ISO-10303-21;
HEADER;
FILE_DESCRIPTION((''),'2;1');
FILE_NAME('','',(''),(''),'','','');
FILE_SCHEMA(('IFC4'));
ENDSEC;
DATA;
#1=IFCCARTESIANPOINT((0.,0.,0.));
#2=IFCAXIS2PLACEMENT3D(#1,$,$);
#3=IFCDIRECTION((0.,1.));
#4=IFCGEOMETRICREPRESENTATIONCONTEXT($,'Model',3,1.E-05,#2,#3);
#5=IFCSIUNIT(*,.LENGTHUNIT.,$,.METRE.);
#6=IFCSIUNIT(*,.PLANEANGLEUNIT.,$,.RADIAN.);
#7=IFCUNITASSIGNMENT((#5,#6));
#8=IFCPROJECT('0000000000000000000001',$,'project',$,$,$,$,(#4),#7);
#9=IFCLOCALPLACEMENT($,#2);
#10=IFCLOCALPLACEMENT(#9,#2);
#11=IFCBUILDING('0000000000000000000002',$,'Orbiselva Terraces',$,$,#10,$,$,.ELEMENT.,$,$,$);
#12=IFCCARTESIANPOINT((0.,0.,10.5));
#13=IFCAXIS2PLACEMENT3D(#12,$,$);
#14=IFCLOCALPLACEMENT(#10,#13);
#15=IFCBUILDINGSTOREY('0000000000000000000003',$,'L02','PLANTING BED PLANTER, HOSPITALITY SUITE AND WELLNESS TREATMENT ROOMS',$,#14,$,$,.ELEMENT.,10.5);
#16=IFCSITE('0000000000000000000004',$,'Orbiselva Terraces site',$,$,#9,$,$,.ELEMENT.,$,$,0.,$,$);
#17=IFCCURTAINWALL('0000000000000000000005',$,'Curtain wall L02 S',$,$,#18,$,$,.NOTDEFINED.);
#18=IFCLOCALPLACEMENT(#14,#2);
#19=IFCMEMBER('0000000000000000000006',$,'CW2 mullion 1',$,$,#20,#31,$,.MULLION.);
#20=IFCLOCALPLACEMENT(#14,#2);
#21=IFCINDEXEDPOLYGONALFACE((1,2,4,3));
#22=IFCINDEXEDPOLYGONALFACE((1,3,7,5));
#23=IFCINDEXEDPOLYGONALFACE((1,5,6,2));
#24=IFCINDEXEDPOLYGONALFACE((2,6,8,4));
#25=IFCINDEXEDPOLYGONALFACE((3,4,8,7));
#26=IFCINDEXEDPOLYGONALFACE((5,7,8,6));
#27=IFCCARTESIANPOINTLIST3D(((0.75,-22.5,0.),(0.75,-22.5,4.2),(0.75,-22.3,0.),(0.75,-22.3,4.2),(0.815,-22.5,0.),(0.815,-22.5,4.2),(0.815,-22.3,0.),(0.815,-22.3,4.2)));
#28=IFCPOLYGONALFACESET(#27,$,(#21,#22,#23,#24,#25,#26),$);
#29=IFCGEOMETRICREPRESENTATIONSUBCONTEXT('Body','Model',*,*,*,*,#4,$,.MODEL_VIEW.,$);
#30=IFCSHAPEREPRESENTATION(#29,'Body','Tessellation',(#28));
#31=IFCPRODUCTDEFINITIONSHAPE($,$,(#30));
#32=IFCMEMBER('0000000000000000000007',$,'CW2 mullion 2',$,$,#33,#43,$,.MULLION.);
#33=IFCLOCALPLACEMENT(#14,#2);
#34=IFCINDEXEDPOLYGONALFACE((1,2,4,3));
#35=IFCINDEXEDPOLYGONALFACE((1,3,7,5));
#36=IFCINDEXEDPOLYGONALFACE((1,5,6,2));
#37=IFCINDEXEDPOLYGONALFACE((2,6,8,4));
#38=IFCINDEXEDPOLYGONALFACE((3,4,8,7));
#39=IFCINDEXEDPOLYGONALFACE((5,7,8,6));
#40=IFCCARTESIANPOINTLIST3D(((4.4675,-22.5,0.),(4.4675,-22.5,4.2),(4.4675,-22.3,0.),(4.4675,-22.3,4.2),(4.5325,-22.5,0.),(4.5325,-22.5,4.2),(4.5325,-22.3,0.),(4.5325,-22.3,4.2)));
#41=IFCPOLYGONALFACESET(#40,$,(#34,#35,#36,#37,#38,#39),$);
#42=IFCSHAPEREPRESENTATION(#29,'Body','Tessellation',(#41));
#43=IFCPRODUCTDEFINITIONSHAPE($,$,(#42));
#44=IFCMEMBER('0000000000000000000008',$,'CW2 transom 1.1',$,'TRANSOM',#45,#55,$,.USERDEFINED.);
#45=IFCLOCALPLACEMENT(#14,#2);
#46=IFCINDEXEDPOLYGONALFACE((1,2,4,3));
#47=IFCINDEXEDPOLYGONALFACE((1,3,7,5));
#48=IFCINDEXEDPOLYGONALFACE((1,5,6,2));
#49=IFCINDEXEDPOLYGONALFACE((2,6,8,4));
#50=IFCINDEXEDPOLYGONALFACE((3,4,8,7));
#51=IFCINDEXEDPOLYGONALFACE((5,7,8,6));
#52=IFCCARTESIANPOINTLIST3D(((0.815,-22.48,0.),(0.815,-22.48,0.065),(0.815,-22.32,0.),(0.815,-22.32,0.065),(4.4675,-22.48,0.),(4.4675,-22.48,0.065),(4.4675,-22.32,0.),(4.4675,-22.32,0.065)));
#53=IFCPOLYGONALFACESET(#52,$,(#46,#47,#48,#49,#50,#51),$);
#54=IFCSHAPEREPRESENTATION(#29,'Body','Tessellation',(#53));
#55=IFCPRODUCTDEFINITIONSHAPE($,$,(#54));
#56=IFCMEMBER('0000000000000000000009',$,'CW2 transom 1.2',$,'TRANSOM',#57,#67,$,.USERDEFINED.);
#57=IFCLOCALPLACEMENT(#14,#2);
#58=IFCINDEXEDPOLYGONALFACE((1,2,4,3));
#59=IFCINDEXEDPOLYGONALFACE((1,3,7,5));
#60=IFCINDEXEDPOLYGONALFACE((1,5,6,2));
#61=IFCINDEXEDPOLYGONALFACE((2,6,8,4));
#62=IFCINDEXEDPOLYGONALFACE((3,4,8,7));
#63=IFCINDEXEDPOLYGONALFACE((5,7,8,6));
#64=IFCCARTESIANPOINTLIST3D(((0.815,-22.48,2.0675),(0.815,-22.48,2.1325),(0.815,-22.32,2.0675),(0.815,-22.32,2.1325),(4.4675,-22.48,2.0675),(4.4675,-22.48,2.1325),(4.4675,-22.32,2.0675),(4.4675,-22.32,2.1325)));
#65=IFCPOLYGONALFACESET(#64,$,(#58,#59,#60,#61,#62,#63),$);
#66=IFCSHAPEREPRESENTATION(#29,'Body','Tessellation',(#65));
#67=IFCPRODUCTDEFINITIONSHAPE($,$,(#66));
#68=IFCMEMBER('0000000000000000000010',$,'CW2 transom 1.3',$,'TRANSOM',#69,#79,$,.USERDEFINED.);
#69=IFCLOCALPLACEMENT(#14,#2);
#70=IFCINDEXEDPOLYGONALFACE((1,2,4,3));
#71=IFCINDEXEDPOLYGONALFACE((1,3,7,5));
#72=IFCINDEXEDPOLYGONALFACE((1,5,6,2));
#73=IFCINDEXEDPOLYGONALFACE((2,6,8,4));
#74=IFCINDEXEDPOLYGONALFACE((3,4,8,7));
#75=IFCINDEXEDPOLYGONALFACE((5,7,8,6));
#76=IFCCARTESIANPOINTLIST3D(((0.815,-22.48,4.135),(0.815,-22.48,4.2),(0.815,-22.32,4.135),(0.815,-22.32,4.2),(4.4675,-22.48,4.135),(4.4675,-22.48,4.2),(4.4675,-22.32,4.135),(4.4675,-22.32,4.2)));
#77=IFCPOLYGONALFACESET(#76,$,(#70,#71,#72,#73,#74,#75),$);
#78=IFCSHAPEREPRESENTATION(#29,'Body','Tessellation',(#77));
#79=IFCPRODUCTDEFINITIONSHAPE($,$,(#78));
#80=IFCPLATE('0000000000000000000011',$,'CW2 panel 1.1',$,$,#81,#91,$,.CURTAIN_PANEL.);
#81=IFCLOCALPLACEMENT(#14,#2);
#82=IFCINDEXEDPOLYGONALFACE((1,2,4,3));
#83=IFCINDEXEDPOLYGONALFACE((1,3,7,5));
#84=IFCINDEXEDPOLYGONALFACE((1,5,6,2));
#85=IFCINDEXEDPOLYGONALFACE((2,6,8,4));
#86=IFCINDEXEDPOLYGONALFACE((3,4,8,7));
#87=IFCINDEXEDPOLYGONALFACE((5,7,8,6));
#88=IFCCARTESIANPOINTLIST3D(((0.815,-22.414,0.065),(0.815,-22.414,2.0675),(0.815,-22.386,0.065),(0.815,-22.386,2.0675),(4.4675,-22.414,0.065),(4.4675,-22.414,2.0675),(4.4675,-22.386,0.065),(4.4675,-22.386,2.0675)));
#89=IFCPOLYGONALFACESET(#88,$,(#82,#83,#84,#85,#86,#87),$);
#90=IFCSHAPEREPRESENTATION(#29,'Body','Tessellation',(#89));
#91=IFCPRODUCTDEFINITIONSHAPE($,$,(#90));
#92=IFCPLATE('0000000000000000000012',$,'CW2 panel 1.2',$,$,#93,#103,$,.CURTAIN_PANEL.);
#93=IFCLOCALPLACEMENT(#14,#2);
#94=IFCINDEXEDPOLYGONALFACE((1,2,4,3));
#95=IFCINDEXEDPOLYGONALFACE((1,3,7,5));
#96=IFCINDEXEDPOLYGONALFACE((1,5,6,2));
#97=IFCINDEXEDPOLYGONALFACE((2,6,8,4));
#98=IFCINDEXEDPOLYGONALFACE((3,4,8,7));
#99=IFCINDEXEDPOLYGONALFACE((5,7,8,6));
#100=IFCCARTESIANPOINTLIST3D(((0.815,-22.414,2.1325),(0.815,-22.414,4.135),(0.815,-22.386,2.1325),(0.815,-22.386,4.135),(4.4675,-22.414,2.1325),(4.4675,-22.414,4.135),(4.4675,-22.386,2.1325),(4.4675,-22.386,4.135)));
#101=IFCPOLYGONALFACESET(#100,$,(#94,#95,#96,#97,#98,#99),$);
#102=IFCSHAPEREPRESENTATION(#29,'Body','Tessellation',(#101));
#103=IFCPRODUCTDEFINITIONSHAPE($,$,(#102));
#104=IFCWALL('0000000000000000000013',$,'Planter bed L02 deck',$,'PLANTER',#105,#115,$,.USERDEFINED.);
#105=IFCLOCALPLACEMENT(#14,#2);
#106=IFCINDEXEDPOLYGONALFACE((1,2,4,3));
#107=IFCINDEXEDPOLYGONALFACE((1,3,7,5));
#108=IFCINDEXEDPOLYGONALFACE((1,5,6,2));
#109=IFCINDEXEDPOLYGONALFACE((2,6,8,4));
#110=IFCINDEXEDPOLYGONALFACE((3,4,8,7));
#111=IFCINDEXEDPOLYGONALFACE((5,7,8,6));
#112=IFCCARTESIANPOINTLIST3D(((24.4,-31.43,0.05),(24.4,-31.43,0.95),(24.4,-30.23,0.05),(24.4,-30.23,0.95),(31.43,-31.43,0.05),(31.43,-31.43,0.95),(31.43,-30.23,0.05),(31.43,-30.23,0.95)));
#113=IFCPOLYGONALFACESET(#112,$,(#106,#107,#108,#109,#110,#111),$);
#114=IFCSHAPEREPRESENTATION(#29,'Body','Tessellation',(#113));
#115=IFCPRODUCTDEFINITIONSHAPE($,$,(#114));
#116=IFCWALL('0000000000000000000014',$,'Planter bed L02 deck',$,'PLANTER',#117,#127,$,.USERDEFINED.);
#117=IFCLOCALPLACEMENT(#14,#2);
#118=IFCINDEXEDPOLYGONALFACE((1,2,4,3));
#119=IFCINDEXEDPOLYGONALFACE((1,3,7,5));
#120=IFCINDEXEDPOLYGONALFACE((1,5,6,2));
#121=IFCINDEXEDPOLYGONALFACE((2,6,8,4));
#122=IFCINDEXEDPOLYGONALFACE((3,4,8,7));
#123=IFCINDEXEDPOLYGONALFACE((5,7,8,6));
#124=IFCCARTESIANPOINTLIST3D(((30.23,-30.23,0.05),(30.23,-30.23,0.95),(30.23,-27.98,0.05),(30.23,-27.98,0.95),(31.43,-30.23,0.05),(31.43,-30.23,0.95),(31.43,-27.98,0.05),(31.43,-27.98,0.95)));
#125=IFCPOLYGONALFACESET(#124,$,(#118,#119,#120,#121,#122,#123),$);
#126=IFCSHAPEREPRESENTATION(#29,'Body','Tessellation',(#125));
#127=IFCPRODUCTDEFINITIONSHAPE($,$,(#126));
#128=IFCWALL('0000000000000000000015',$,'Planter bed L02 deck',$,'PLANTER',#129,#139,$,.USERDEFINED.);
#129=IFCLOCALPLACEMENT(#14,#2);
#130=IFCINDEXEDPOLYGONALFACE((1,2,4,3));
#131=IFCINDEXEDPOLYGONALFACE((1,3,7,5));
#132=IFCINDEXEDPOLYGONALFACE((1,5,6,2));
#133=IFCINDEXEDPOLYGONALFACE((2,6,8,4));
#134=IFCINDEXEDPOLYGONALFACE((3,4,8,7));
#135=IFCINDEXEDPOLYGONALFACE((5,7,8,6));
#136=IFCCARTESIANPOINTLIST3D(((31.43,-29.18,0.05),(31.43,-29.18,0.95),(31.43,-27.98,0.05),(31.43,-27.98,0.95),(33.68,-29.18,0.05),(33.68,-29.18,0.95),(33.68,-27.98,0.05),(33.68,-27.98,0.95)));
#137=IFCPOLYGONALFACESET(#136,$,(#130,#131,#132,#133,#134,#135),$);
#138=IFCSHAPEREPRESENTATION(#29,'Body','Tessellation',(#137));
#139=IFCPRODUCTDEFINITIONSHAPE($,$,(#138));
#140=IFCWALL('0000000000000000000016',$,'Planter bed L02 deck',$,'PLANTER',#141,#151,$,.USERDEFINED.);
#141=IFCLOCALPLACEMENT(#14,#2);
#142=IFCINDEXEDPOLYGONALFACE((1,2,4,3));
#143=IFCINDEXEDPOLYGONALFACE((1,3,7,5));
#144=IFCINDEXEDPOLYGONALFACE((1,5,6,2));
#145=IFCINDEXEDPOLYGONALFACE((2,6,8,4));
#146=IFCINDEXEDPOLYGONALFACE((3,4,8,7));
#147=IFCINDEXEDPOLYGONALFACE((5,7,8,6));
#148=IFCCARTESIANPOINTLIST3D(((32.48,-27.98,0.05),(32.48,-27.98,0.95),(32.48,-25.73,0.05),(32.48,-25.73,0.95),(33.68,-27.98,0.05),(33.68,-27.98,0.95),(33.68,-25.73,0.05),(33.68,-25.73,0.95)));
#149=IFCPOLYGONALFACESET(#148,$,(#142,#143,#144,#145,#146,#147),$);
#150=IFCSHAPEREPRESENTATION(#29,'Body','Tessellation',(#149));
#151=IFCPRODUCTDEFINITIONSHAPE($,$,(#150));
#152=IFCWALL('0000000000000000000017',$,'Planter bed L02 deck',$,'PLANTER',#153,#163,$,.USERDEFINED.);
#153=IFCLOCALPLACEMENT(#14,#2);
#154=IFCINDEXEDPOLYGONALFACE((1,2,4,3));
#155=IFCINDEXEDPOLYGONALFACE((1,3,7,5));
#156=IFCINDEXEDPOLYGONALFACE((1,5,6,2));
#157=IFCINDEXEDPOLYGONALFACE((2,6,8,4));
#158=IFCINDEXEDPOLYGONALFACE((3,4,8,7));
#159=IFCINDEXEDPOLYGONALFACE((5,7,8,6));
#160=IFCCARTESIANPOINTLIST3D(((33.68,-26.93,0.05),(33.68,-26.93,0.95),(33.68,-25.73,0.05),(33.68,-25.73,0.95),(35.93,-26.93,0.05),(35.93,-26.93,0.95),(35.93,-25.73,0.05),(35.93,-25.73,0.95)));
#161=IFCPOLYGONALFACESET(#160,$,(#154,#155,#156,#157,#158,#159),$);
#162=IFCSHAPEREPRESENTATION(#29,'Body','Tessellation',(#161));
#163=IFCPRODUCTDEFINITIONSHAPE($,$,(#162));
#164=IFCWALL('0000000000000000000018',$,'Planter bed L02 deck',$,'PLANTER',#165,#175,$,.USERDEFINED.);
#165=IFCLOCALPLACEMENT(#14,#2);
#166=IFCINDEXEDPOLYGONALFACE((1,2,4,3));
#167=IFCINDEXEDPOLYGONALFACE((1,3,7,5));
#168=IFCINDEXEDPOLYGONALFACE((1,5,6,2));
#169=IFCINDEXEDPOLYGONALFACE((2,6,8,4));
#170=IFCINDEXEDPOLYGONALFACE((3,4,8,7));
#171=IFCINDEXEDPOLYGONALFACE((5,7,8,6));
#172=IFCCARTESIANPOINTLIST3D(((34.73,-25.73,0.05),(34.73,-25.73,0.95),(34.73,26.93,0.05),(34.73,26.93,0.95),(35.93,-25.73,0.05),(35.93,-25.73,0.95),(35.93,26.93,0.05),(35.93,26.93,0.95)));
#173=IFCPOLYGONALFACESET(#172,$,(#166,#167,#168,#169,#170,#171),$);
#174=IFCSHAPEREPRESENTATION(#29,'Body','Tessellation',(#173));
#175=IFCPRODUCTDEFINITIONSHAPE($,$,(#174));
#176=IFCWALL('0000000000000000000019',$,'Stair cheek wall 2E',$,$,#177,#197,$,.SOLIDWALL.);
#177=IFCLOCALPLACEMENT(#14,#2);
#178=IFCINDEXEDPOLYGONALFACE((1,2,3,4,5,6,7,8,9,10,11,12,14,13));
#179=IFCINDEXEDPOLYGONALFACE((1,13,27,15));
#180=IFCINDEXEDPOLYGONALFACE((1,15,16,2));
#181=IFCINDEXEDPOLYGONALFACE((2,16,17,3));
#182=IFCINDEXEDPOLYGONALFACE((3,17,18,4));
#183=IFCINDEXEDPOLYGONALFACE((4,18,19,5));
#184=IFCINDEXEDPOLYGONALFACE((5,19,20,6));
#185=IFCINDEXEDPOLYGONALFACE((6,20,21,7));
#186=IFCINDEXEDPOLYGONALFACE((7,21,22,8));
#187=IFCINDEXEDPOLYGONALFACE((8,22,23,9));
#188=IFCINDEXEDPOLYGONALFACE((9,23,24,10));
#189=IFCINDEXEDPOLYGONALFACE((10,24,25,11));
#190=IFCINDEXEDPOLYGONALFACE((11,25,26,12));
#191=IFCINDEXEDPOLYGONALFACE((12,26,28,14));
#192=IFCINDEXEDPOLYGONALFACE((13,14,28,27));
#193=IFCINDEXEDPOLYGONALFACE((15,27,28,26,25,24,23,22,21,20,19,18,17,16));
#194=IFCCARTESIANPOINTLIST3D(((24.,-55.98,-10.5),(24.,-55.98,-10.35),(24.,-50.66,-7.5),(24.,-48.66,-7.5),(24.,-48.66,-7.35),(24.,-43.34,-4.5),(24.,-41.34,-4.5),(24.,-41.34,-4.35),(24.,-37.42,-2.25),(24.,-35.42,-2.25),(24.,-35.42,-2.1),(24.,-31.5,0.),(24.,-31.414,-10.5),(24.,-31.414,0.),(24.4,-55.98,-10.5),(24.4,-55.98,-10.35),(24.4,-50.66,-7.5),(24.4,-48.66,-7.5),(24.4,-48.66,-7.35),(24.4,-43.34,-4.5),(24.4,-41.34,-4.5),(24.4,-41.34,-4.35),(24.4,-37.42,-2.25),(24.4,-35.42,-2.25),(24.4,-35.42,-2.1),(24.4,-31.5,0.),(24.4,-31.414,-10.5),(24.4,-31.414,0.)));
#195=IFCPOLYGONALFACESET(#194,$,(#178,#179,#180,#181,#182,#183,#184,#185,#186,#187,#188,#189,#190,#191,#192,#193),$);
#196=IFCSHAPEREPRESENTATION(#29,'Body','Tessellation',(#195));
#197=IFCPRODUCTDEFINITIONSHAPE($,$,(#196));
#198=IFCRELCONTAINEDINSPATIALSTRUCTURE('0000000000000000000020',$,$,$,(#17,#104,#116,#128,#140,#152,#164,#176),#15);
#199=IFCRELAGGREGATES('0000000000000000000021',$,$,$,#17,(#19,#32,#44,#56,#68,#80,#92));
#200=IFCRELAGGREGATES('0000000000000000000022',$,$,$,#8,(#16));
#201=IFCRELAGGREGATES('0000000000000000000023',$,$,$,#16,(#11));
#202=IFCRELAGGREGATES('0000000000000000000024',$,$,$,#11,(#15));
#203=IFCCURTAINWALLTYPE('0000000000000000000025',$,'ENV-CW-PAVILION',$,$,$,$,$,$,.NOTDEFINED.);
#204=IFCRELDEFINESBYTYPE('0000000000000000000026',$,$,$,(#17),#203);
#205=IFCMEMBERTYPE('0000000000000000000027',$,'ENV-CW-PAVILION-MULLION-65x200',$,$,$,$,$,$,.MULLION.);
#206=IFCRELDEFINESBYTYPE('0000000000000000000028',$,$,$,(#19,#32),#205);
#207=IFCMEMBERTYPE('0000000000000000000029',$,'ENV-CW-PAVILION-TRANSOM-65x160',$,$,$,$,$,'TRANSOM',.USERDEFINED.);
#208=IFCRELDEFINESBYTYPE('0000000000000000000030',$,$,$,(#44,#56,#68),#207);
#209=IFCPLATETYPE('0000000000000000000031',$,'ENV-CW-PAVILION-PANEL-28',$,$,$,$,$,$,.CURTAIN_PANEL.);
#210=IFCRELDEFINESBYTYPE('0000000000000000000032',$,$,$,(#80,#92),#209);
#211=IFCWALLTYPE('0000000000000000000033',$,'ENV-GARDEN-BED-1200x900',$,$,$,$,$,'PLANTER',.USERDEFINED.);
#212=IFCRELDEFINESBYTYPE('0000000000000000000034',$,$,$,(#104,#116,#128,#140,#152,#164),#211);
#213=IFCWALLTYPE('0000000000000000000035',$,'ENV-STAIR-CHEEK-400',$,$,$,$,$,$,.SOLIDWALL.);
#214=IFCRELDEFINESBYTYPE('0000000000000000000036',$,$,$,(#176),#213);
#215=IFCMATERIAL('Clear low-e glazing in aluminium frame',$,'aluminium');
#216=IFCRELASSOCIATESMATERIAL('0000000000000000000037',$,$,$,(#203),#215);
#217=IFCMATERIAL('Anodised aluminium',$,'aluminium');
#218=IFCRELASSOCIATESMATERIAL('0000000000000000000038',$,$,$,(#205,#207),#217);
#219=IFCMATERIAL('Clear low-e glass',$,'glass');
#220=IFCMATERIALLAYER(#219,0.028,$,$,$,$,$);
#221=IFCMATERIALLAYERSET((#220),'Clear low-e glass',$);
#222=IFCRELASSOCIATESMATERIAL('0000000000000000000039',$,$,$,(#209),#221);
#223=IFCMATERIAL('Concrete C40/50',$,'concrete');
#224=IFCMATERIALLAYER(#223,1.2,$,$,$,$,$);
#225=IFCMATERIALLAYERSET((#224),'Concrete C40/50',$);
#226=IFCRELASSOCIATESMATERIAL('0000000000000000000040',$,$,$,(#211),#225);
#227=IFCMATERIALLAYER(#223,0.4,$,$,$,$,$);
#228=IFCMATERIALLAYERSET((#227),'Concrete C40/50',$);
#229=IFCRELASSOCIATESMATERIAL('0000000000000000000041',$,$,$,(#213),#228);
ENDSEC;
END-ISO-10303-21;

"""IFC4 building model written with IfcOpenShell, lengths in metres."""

from ifc_helpers import new_model, si_unit, direction, frame, frame_2d, origin, origin_2d, place, context, subcontext, project, spatial, polyline, rectangle, outline, extrude, material, layer, layer_set, material_profile, profile_set, type_object, element, aggregate, save


model = new_model("IFC4")

# Units and contexts
model_context = context("Model", 3, precision=1e-05, world=origin(), true_north=direction((0.0, 1.0)))
body_context = subcontext(model_context, "Body", "Model", "MODEL_VIEW")
ifc_project = project(units=[si_unit("LENGTHUNIT", "METRE"), si_unit("PLANEANGLEUNIT", "RADIAN")], contexts=[model_context])

# Site, building, storey
site_placement = place(None, origin())
site = spatial("IfcSite", under=ifc_project, at=site_placement, Name="Orbiselva Terraces site", CompositionType="ELEMENT", RefElevation=0.0)
building_placement = place(site_placement, origin())
building = spatial("IfcBuilding", under=site, at=building_placement, Name="Orbiselva Terraces", CompositionType="ELEMENT")
storey_placement = place(building_placement, frame((0.0, 0.0, 10.5)))
storey = spatial("IfcBuildingStorey", under=building, at=storey_placement, Name="L02", Description="PLANTING BED PLANTER, HOSPITALITY SUITE AND WELLNESS TREATMENT ROOMS", CompositionType="ELEMENT", Elevation=10.5)

# Curtain wall, members, plates
ifc_material_1 = material(Name="Clear low-e glazing in aluminium frame", Category="aluminium")
curtain_wall_type = type_object("IfcCurtainWallType", Name="ENV-CW-PAVILION", PredefinedType="NOTDEFINED", material=ifc_material_1)
curtain_wall_placement = place(storey_placement, origin())
curtain_wall = element("IfcCurtainWall", 1, at=curtain_wall_placement, inside=storey, type_object=curtain_wall_type, Name="Curtain wall L02 S", PredefinedType="NOTDEFINED")
ifc_material_2 = material(Name="Anodised aluminium", Category="aluminium")
ifc_material_profile_1 = material_profile(ifc_material_2, rectangle(XDim=0.2, YDim=0.065, at=origin_2d()), Name="AL 65x200")
ifc_profile_set_1 = profile_set([ifc_material_profile_1], Name="Anodised aluminium")
member_type_1 = type_object("IfcMemberType", Name="ENV-CW-PAVILION-MULLION-65x200", PredefinedType="MULLION", material=ifc_profile_set_1)
member_1_placement = place(storey_placement, frame((0.7825, -22.4, 0.0), z_axis=(0.0, 0.0, 1.0), x_axis=(0.0, 1.0, 0.0)))
member_1 = element("IfcMember", 2, at=member_1_placement, type_object=member_type_1, Name="CW2 mullion 1", PredefinedType="MULLION", context=body_context, shape_type="SweptSolid", body=[
    extrude(rectangle(XDim=0.2, YDim=0.065, at=origin_2d()), origin(), (0.0, 0.0, 1.0), 4.2),
])
member_2_placement = place(storey_placement, frame((4.5, -22.4, 0.0), z_axis=(0.0, 0.0, 1.0), x_axis=(0.0, 1.0, 0.0)))
member_2 = element("IfcMember", 3, at=member_2_placement, type_object=member_type_1, Name="CW2 mullion 2", PredefinedType="MULLION", context=body_context, shape_type="SweptSolid", body=[
    extrude(rectangle(XDim=0.2, YDim=0.065, at=origin_2d()), origin(), (0.0, 0.0, 1.0), 4.2),
])
ifc_material_profile_2 = material_profile(ifc_material_2, rectangle(XDim=0.16, YDim=0.065, at=origin_2d()), Name="AL 65x160")
ifc_profile_set_2 = profile_set([ifc_material_profile_2], Name="Anodised aluminium")
member_type_2 = type_object("IfcMemberType", Name="ENV-CW-PAVILION-TRANSOM-65x160", ElementType="TRANSOM", PredefinedType="USERDEFINED", material=ifc_profile_set_2)
member_3_placement = place(storey_placement, frame((0.815, -22.4, 0.0325), z_axis=(1.0, 0.0, 0.0), x_axis=(0.0, 1.0, 0.0)))
member_3 = element("IfcMember", 4, at=member_3_placement, type_object=member_type_2, Name="CW2 transom 1.1", ObjectType="TRANSOM", PredefinedType="USERDEFINED", context=body_context, shape_type="SweptSolid", body=[
    extrude(rectangle(XDim=0.16, YDim=0.065, at=origin_2d()), origin(), (0.0, 0.0, 1.0), 3.6525),
])
member_4_placement = place(storey_placement, frame((0.815, -22.4, 2.1), z_axis=(1.0, 0.0, 0.0), x_axis=(0.0, 1.0, 0.0)))
member_4 = element("IfcMember", 5, at=member_4_placement, type_object=member_type_2, Name="CW2 transom 1.2", ObjectType="TRANSOM", PredefinedType="USERDEFINED", context=body_context, shape_type="SweptSolid", body=[
    extrude(rectangle(XDim=0.16, YDim=0.065, at=origin_2d()), origin(), (0.0, 0.0, 1.0), 3.6525),
])
member_5_placement = place(storey_placement, frame((0.815, -22.4, 4.1675), z_axis=(1.0, 0.0, 0.0), x_axis=(0.0, 1.0, 0.0)))
member_5 = element("IfcMember", 6, at=member_5_placement, type_object=member_type_2, Name="CW2 transom 1.3", ObjectType="TRANSOM", PredefinedType="USERDEFINED", context=body_context, shape_type="SweptSolid", body=[
    extrude(rectangle(XDim=0.16, YDim=0.065, at=origin_2d()), origin(), (0.0, 0.0, 1.0), 3.6525),
])
ifc_material_3 = material(Name="Clear low-e glass", Category="glass")
ifc_layer_1 = layer(ifc_material_3, 0.028)
ifc_layer_set_1 = layer_set([ifc_layer_1], Name="Clear low-e glass")
plate_type = type_object("IfcPlateType", Name="ENV-CW-PAVILION-PANEL-28", PredefinedType="CURTAIN_PANEL", material=ifc_layer_set_1)
plate_1_placement = place(storey_placement, frame((2.6412, -22.4, 0.065), z_axis=(0.0, 0.0, 1.0), x_axis=(1.0, 0.0, 0.0)))
plate_1 = element("IfcPlate", 7, at=plate_1_placement, type_object=plate_type, Name="CW2 panel 1.1", PredefinedType="CURTAIN_PANEL", context=body_context, shape_type="SweptSolid", body=[
    extrude(rectangle(XDim=3.6525, YDim=0.028, at=origin_2d()), origin(), (0.0, 0.0, 1.0), 2.0025),
])
plate_2_placement = place(storey_placement, frame((2.6412, -22.4, 2.1325), z_axis=(0.0, 0.0, 1.0), x_axis=(1.0, 0.0, 0.0)))
plate_2 = element("IfcPlate", 8, at=plate_2_placement, type_object=plate_type, Name="CW2 panel 1.2", PredefinedType="CURTAIN_PANEL", context=body_context, shape_type="SweptSolid", body=[
    extrude(rectangle(XDim=3.6525, YDim=0.028, at=origin_2d()), origin(), (0.0, 0.0, 1.0), 2.0025),
])
aggregate(curtain_wall, [member_1, member_2, member_3, member_4, member_5, plate_1, plate_2])

# Walls
ifc_material_4 = material(Name="Concrete C40/50", Category="concrete")
ifc_layer_2 = layer(ifc_material_4, 1.2)
ifc_layer_set_2 = layer_set([ifc_layer_2], Name="Concrete C40/50")
wall_type_1 = type_object("IfcWallType", Name="ENV-GARDEN-BED-1200x900", ElementType="PLANTER", PredefinedType="USERDEFINED", material=ifc_layer_set_2)
wall_1_placement = place(storey_placement, frame((24.4, -30.83, 0.05), z_axis=(0.0, 0.0, 1.0), x_axis=(1.0, 0.0, 0.0)))
element("IfcWall", 9, at=wall_1_placement, inside=storey, type_object=wall_type_1, Name="Planter bed L02 deck", ObjectType="PLANTER", PredefinedType="USERDEFINED", context=body_context, shape_type="SweptSolid", body=[
    extrude(rectangle(XDim=7.03, YDim=1.2, at=frame_2d((3.515, 0.0))), origin(), (0.0, 0.0, 1.0), 0.9),
])
for number, where, z_axis, x_axis, name in (
    (10, (30.83, -30.23, 0.05), (0.0, 0.0, 1.0), (0.0, 1.0, 0.0), "Planter bed L02 deck"),
    (11, (31.43, -28.58, 0.05), (0.0, 0.0, 1.0), (1.0, 0.0, 0.0), "Planter bed L02 deck"),
    (12, (33.08, -27.98, 0.05), (0.0, 0.0, 1.0), (0.0, 1.0, 0.0), "Planter bed L02 deck"),
    (13, (33.68, -26.33, 0.05), (0.0, 0.0, 1.0), (1.0, 0.0, 0.0), "Planter bed L02 deck"),
):
    element("IfcWall", number, at=place(storey_placement, frame(where, z_axis=z_axis, x_axis=x_axis)), inside=storey, type_object=wall_type_1, Name=name, ObjectType="PLANTER", PredefinedType="USERDEFINED", context=body_context, shape_type="SweptSolid", body=[
        extrude(rectangle(XDim=2.25, YDim=1.2, at=frame_2d((1.125, 0.0))), origin(), (0.0, 0.0, 1.0), 0.9),
    ])
wall_2_placement = place(storey_placement, frame((35.33, -25.73, 0.05), z_axis=(0.0, 0.0, 1.0), x_axis=(0.0, 1.0, 0.0)))
element("IfcWall", 14, at=wall_2_placement, inside=storey, type_object=wall_type_1, Name="Planter bed L02 deck", ObjectType="PLANTER", PredefinedType="USERDEFINED", context=body_context, shape_type="SweptSolid", body=[
    extrude(rectangle(XDim=52.66, YDim=1.2, at=frame_2d((26.33, 0.0))), origin(), (0.0, 0.0, 1.0), 0.9),
])
ifc_layer_3 = layer(ifc_material_4, 0.4)
ifc_layer_set_3 = layer_set([ifc_layer_3], Name="Concrete C40/50")
wall_type_2 = type_object("IfcWallType", Name="ENV-STAIR-CHEEK-400", PredefinedType="SOLIDWALL", material=ifc_layer_set_3)
wall_3_placement = place(storey_placement, frame((24.2, -55.98, -10.5), z_axis=(0.0, 0.0, 1.0), x_axis=(0.0, 1.0, 0.0)))
element("IfcWall", 15, at=wall_3_placement, inside=storey, type_object=wall_type_2, Name="Stair cheek wall 2E", PredefinedType="SOLIDWALL", context=body_context, shape_type="SweptSolid", body=[
    extrude(outline(polyline([(0.0, 0.0), (24.566, 0.0), (24.566, 10.5), (24.48, 10.5), (20.56, 8.4), (20.56, 8.25), (18.56, 8.25), (14.64, 6.15), (14.64, 6.0), (12.64, 6.0), (7.32, 3.15), (7.32, 3.0), (5.32, 3.0), (0.0, 0.15), (0.0, 0.0), (0.0, 0.0)])), frame((0.0, 0.2, 0.0), z_axis=(0.0, -1.0, 0.0), x_axis=(1.0, 0.0, 0.0)), (0.0, 0.0, 1.0), 0.4),
])

save(model, "model.ifc")
